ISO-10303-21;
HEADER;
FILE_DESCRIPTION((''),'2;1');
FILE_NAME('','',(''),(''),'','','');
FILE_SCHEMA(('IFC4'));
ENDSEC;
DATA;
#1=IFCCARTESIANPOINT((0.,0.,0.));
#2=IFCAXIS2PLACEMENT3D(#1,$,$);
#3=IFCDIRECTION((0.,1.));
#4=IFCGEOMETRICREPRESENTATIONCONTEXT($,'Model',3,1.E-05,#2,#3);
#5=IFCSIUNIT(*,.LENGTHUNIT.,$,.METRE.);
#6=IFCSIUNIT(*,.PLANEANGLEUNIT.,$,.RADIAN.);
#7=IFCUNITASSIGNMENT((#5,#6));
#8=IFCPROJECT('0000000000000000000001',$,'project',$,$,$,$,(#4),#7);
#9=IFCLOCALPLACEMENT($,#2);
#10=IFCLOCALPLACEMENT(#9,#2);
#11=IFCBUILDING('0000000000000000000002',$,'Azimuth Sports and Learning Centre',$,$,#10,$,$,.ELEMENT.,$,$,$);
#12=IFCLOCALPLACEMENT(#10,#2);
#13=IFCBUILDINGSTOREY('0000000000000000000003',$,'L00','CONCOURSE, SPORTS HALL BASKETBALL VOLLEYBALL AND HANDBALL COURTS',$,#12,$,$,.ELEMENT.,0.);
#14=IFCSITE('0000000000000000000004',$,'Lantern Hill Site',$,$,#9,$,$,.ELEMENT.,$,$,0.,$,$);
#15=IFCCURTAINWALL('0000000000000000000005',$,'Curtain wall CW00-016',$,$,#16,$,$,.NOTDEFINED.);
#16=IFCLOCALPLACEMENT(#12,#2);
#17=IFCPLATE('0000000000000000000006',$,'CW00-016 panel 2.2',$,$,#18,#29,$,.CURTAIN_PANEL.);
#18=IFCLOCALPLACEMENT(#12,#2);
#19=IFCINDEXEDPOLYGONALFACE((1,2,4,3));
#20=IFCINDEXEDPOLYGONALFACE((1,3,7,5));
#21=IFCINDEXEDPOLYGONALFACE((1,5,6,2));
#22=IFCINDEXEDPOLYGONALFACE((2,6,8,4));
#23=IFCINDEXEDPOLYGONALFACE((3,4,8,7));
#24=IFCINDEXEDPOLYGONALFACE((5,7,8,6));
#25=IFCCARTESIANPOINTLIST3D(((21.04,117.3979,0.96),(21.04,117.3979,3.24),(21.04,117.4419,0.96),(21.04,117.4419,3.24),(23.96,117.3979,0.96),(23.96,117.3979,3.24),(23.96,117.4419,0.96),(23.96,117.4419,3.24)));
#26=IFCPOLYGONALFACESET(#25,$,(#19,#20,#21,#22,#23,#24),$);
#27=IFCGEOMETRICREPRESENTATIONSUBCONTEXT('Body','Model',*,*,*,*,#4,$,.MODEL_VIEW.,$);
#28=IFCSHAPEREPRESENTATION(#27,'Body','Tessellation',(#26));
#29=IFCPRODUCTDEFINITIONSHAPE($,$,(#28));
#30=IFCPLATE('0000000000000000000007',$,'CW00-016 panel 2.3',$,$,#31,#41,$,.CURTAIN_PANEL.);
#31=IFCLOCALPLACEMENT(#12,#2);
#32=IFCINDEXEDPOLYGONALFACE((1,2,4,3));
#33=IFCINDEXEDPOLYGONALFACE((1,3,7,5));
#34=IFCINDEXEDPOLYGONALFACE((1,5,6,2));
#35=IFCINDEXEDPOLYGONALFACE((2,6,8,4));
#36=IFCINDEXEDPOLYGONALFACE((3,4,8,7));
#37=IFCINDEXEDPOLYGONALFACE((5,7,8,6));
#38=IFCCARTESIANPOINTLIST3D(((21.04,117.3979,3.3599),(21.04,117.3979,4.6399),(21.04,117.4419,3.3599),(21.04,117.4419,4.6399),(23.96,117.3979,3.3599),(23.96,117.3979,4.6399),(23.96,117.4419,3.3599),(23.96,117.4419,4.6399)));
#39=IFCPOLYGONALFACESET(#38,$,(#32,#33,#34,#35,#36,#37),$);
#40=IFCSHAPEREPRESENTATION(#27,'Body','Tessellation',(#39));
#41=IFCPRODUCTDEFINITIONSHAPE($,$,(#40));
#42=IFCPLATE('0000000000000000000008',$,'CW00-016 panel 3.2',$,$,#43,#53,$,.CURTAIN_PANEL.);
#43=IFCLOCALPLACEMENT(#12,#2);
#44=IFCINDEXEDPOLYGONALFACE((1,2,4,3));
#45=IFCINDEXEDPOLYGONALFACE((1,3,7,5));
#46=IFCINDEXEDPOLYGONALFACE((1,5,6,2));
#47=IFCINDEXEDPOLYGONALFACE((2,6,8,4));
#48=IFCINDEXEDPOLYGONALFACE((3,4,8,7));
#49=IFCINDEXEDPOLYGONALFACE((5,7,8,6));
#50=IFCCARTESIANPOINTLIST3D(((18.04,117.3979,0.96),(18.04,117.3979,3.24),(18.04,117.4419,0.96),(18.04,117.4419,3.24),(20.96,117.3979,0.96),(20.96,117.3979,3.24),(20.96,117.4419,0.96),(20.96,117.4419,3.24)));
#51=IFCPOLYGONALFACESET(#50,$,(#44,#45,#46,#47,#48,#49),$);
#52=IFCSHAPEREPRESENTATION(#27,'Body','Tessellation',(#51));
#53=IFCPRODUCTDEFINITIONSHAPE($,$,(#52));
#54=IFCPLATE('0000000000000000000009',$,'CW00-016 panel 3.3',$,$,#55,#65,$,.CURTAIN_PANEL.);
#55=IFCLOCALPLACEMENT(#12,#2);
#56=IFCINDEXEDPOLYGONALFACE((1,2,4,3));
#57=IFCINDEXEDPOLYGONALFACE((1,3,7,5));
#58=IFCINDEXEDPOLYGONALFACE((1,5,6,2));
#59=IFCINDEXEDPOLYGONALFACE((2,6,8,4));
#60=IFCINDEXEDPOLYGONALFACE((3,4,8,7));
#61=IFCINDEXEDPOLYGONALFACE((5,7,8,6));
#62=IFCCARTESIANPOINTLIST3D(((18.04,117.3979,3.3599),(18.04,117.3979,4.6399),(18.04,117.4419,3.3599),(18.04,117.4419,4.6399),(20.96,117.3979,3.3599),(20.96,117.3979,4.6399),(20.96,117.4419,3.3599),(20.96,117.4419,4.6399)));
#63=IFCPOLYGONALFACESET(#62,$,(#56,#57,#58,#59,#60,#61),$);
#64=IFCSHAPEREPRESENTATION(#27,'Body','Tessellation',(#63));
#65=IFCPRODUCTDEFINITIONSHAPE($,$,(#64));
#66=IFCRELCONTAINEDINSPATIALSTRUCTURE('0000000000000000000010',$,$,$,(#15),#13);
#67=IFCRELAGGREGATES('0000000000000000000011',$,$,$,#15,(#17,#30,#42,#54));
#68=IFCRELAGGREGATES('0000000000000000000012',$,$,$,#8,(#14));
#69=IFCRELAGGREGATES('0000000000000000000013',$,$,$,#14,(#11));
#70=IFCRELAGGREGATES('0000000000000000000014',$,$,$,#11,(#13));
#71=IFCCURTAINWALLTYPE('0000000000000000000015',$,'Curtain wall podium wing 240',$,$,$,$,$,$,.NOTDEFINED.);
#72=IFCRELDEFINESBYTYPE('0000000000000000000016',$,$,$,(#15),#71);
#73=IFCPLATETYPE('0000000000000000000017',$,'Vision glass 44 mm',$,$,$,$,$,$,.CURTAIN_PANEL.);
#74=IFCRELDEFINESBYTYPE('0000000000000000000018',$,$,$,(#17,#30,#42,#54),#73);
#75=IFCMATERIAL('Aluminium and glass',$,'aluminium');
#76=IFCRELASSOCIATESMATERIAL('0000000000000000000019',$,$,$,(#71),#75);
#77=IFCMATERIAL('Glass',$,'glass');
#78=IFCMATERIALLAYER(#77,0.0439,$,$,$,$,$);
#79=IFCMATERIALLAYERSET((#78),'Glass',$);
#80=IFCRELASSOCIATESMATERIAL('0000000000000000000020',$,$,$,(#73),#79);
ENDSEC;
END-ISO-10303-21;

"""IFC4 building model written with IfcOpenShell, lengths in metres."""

from ifc_helpers import new_model, si_unit, direction, frame, origin, origin_2d, place, context, subcontext, project, spatial, rectangle, extrude, material, layer, layer_set, type_object, element, aggregate, save


model = new_model("IFC4")

# Units and contexts
model_context = context("Model", 3, precision=1e-05, world=origin(), true_north=direction((0.0, 1.0)))
body_context = subcontext(model_context, "Body", "Model", "MODEL_VIEW")
ifc_project = project(units=[si_unit("LENGTHUNIT", "METRE"), si_unit("PLANEANGLEUNIT", "RADIAN")], contexts=[model_context])

# Site, building, storey
site_placement = place(None, origin())
site = spatial("IfcSite", under=ifc_project, at=site_placement, Name="Lantern Hill Site", CompositionType="ELEMENT", RefElevation=0.0)
building_placement = place(site_placement, origin())
building = spatial("IfcBuilding", under=site, at=building_placement, Name="Azimuth Sports and Learning Centre", CompositionType="ELEMENT")
storey_placement = place(building_placement, origin())
storey = spatial("IfcBuildingStorey", under=building, at=storey_placement, Name="L00", Description="CONCOURSE, SPORTS HALL BASKETBALL VOLLEYBALL AND HANDBALL COURTS", CompositionType="ELEMENT", Elevation=0.0)

# Curtain wall, plates
ifc_material_1 = material(Name="Aluminium and glass", Category="aluminium")
curtain_wall_type = type_object("IfcCurtainWallType", Name="Curtain wall podium wing 240", PredefinedType="NOTDEFINED", material=ifc_material_1)
curtain_wall_placement = place(storey_placement, origin())
curtain_wall = element("IfcCurtainWall", 1, at=curtain_wall_placement, inside=storey, type_object=curtain_wall_type, Name="Curtain wall CW00-016", PredefinedType="NOTDEFINED")
ifc_material_2 = material(Name="Glass", Category="glass")
ifc_layer_1 = layer(ifc_material_2, 0.0439)
ifc_layer_set_1 = layer_set([ifc_layer_1], Name="Glass")
plate_type_1 = type_object("IfcPlateType", Name="Vision glass 44 mm", PredefinedType="CURTAIN_PANEL", material=ifc_layer_set_1)
plate_1_placement = place(storey_placement, frame((22.5, 117.4199, 0.96), z_axis=(0.0, 0.0, 1.0), x_axis=(-1.0, 0.0, 0.0)))
plate_1 = element("IfcPlate", 2, at=plate_1_placement, type_object=plate_type_1, Name="CW00-016 panel 2.2", PredefinedType="CURTAIN_PANEL", context=body_context, shape_type="SweptSolid", body=[
    extrude(rectangle(XDim=2.9199, YDim=0.0439, at=origin_2d()), origin(), (0.0, 0.0, 1.0), 2.28),
])
plate_2_placement = place(storey_placement, frame((22.5, 117.4199, 3.3599), z_axis=(0.0, 0.0, 1.0), x_axis=(-1.0, 0.0, 0.0)))
plate_2 = element("IfcPlate", 3, at=plate_2_placement, type_object=plate_type_1, Name="CW00-016 panel 2.3", PredefinedType="CURTAIN_PANEL", context=body_context, shape_type="SweptSolid", body=[
    extrude(rectangle(XDim=2.9199, YDim=0.0439, at=origin_2d()), origin(), (0.0, 0.0, 1.0), 1.28),
])
plate_3_placement = place(storey_placement, frame((19.5, 117.4199, 0.96), z_axis=(0.0, 0.0, 1.0), x_axis=(-1.0, 0.0, 0.0)))
plate_3 = element("IfcPlate", 4, at=plate_3_placement, type_object=plate_type_1, Name="CW00-016 panel 3.2", PredefinedType="CURTAIN_PANEL", context=body_context, shape_type="SweptSolid", body=[
    extrude(rectangle(XDim=2.9199, YDim=0.0439, at=origin_2d()), origin(), (0.0, 0.0, 1.0), 2.28),
])
plate_4_placement = place(storey_placement, frame((19.5, 117.4199, 3.3599), z_axis=(0.0, 0.0, 1.0), x_axis=(-1.0, 0.0, 0.0)))
plate_4 = element("IfcPlate", 5, at=plate_4_placement, type_object=plate_type_1, Name="CW00-016 panel 3.3", PredefinedType="CURTAIN_PANEL", context=body_context, shape_type="SweptSolid", body=[
    extrude(rectangle(XDim=2.9199, YDim=0.0439, at=origin_2d()), origin(), (0.0, 0.0, 1.0), 1.28),
])
aggregate(curtain_wall, [plate_1, plate_2, plate_3, plate_4])

save(model, "model.ifc")
